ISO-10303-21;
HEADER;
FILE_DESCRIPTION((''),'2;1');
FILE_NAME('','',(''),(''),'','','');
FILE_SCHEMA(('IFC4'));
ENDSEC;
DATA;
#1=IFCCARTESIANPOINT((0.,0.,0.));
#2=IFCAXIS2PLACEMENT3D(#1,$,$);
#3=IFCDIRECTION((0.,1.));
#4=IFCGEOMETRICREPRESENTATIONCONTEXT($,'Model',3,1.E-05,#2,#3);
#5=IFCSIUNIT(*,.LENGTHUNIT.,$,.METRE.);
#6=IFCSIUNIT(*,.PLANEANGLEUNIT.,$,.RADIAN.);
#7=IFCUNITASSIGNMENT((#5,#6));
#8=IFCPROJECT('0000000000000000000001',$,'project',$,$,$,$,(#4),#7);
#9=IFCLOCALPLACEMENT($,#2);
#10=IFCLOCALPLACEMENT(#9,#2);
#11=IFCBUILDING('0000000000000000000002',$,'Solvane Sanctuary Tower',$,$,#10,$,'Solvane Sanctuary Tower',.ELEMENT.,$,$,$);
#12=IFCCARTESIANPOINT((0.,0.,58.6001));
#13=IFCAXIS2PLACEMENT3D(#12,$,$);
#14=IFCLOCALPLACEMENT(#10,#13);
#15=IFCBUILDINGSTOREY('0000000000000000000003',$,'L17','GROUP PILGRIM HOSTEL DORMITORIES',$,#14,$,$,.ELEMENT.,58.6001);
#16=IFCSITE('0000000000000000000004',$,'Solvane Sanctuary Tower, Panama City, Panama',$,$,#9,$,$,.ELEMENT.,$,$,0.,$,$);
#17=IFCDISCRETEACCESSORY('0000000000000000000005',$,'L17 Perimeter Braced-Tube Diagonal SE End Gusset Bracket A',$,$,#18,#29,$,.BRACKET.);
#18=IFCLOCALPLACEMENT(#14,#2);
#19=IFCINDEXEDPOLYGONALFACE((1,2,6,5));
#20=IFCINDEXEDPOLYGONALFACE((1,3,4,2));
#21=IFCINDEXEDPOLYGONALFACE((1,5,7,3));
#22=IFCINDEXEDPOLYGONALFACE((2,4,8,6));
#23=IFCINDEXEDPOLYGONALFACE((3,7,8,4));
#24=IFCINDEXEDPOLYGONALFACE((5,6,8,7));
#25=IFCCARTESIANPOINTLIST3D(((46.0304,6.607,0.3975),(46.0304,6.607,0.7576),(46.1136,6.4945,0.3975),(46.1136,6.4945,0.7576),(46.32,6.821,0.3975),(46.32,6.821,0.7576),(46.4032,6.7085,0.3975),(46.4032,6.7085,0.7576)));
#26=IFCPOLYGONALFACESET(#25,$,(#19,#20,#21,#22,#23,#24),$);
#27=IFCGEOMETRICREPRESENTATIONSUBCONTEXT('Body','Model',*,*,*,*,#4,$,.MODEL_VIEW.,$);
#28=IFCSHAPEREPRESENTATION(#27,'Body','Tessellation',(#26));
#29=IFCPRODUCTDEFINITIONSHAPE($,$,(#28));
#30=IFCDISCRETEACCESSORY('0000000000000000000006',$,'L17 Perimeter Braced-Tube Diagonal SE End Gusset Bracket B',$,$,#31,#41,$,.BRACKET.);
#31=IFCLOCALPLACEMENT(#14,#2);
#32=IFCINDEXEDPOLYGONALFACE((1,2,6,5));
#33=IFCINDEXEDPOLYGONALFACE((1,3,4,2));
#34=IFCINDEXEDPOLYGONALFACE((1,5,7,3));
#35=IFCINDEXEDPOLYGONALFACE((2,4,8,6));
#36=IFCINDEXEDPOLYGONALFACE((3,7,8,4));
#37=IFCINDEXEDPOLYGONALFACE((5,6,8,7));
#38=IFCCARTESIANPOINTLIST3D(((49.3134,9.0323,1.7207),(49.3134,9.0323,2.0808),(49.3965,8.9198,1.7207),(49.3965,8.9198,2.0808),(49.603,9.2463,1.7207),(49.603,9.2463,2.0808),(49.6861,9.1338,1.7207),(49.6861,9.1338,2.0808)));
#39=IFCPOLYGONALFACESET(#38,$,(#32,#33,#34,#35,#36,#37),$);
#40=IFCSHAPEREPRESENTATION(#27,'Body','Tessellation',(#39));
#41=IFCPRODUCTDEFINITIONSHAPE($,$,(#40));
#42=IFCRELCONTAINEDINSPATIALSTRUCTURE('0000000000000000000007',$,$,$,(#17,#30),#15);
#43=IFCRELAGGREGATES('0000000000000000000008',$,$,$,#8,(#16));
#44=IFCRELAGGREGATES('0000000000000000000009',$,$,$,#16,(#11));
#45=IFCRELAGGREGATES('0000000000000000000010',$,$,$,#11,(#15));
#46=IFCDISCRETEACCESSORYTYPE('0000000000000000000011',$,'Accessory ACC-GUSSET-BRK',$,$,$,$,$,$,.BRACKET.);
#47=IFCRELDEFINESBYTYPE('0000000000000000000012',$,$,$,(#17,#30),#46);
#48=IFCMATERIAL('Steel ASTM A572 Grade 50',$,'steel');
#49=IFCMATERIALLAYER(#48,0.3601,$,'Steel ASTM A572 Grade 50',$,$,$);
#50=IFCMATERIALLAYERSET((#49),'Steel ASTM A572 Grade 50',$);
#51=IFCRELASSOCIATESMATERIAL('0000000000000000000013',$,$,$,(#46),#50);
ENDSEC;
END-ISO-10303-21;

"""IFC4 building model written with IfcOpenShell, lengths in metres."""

from ifc_helpers import new_model, si_unit, direction, frame, origin, origin_2d, place, context, subcontext, project, spatial, rectangle, extrude, material, layer, layer_set, type_object, element, save


model = new_model("IFC4")

# Units and contexts
model_context = context("Model", 3, precision=1e-05, world=origin(), true_north=direction((0.0, 1.0)))
body_context = subcontext(model_context, "Body", "Model", "MODEL_VIEW")
ifc_project = project(units=[si_unit("LENGTHUNIT", "METRE"), si_unit("PLANEANGLEUNIT", "RADIAN")], contexts=[model_context])

# Site, building, storey
site_placement = place(None, origin())
site = spatial("IfcSite", under=ifc_project, at=site_placement, Name="Solvane Sanctuary Tower, Panama City, Panama", CompositionType="ELEMENT", RefElevation=0.0)
building_placement = place(site_placement, origin())
building = spatial("IfcBuilding", under=site, at=building_placement, Name="Solvane Sanctuary Tower", LongName="Solvane Sanctuary Tower", CompositionType="ELEMENT")
storey_placement = place(building_placement, frame((0.0, 0.0, 58.6001)))
storey = spatial("IfcBuildingStorey", under=building, at=storey_placement, Name="L17", Description="GROUP PILGRIM HOSTEL DORMITORIES", CompositionType="ELEMENT", Elevation=58.6001)

# Discrete accessories
ifc_material_1 = material(Name="Steel ASTM A572 Grade 50", Category="steel")
ifc_layer_1 = layer(ifc_material_1, 0.3601, Name="Steel ASTM A572 Grade 50")
ifc_layer_set_1 = layer_set([ifc_layer_1], Name="Steel ASTM A572 Grade 50")
discrete_accessory_type = type_object("IfcDiscreteAccessoryType", Name="Accessory ACC-GUSSET-BRK", PredefinedType="BRACKET", material=ifc_layer_set_1)
for number, where, z_axis, x_axis, name in (
    (1, (46.2168, 6.6577, 0.3975), (0.0, 0.0, 1.0), (0.804272, 0.594261, 0.0), "L17 Perimeter Braced-Tube Diagonal SE End Gusset Bracket A"),
    (2, (49.4998, 9.083, 1.7207), (0.0, 0.0, 1.0), (0.804272, 0.594261, 0.0), "L17 Perimeter Braced-Tube Diagonal SE End Gusset Bracket B"),
):
    element("IfcDiscreteAccessory", number, at=place(storey_placement, frame(where, z_axis=z_axis, x_axis=x_axis)), inside=storey, type_object=discrete_accessory_type, Name=name, PredefinedType="BRACKET", context=body_context, shape_type="SweptSolid", body=[
        extrude(rectangle(XDim=0.3601, YDim=0.1399, at=origin_2d()), origin(), (0.0, 0.0, 1.0), 0.3601),
    ])

save(model, "model.ifc")
